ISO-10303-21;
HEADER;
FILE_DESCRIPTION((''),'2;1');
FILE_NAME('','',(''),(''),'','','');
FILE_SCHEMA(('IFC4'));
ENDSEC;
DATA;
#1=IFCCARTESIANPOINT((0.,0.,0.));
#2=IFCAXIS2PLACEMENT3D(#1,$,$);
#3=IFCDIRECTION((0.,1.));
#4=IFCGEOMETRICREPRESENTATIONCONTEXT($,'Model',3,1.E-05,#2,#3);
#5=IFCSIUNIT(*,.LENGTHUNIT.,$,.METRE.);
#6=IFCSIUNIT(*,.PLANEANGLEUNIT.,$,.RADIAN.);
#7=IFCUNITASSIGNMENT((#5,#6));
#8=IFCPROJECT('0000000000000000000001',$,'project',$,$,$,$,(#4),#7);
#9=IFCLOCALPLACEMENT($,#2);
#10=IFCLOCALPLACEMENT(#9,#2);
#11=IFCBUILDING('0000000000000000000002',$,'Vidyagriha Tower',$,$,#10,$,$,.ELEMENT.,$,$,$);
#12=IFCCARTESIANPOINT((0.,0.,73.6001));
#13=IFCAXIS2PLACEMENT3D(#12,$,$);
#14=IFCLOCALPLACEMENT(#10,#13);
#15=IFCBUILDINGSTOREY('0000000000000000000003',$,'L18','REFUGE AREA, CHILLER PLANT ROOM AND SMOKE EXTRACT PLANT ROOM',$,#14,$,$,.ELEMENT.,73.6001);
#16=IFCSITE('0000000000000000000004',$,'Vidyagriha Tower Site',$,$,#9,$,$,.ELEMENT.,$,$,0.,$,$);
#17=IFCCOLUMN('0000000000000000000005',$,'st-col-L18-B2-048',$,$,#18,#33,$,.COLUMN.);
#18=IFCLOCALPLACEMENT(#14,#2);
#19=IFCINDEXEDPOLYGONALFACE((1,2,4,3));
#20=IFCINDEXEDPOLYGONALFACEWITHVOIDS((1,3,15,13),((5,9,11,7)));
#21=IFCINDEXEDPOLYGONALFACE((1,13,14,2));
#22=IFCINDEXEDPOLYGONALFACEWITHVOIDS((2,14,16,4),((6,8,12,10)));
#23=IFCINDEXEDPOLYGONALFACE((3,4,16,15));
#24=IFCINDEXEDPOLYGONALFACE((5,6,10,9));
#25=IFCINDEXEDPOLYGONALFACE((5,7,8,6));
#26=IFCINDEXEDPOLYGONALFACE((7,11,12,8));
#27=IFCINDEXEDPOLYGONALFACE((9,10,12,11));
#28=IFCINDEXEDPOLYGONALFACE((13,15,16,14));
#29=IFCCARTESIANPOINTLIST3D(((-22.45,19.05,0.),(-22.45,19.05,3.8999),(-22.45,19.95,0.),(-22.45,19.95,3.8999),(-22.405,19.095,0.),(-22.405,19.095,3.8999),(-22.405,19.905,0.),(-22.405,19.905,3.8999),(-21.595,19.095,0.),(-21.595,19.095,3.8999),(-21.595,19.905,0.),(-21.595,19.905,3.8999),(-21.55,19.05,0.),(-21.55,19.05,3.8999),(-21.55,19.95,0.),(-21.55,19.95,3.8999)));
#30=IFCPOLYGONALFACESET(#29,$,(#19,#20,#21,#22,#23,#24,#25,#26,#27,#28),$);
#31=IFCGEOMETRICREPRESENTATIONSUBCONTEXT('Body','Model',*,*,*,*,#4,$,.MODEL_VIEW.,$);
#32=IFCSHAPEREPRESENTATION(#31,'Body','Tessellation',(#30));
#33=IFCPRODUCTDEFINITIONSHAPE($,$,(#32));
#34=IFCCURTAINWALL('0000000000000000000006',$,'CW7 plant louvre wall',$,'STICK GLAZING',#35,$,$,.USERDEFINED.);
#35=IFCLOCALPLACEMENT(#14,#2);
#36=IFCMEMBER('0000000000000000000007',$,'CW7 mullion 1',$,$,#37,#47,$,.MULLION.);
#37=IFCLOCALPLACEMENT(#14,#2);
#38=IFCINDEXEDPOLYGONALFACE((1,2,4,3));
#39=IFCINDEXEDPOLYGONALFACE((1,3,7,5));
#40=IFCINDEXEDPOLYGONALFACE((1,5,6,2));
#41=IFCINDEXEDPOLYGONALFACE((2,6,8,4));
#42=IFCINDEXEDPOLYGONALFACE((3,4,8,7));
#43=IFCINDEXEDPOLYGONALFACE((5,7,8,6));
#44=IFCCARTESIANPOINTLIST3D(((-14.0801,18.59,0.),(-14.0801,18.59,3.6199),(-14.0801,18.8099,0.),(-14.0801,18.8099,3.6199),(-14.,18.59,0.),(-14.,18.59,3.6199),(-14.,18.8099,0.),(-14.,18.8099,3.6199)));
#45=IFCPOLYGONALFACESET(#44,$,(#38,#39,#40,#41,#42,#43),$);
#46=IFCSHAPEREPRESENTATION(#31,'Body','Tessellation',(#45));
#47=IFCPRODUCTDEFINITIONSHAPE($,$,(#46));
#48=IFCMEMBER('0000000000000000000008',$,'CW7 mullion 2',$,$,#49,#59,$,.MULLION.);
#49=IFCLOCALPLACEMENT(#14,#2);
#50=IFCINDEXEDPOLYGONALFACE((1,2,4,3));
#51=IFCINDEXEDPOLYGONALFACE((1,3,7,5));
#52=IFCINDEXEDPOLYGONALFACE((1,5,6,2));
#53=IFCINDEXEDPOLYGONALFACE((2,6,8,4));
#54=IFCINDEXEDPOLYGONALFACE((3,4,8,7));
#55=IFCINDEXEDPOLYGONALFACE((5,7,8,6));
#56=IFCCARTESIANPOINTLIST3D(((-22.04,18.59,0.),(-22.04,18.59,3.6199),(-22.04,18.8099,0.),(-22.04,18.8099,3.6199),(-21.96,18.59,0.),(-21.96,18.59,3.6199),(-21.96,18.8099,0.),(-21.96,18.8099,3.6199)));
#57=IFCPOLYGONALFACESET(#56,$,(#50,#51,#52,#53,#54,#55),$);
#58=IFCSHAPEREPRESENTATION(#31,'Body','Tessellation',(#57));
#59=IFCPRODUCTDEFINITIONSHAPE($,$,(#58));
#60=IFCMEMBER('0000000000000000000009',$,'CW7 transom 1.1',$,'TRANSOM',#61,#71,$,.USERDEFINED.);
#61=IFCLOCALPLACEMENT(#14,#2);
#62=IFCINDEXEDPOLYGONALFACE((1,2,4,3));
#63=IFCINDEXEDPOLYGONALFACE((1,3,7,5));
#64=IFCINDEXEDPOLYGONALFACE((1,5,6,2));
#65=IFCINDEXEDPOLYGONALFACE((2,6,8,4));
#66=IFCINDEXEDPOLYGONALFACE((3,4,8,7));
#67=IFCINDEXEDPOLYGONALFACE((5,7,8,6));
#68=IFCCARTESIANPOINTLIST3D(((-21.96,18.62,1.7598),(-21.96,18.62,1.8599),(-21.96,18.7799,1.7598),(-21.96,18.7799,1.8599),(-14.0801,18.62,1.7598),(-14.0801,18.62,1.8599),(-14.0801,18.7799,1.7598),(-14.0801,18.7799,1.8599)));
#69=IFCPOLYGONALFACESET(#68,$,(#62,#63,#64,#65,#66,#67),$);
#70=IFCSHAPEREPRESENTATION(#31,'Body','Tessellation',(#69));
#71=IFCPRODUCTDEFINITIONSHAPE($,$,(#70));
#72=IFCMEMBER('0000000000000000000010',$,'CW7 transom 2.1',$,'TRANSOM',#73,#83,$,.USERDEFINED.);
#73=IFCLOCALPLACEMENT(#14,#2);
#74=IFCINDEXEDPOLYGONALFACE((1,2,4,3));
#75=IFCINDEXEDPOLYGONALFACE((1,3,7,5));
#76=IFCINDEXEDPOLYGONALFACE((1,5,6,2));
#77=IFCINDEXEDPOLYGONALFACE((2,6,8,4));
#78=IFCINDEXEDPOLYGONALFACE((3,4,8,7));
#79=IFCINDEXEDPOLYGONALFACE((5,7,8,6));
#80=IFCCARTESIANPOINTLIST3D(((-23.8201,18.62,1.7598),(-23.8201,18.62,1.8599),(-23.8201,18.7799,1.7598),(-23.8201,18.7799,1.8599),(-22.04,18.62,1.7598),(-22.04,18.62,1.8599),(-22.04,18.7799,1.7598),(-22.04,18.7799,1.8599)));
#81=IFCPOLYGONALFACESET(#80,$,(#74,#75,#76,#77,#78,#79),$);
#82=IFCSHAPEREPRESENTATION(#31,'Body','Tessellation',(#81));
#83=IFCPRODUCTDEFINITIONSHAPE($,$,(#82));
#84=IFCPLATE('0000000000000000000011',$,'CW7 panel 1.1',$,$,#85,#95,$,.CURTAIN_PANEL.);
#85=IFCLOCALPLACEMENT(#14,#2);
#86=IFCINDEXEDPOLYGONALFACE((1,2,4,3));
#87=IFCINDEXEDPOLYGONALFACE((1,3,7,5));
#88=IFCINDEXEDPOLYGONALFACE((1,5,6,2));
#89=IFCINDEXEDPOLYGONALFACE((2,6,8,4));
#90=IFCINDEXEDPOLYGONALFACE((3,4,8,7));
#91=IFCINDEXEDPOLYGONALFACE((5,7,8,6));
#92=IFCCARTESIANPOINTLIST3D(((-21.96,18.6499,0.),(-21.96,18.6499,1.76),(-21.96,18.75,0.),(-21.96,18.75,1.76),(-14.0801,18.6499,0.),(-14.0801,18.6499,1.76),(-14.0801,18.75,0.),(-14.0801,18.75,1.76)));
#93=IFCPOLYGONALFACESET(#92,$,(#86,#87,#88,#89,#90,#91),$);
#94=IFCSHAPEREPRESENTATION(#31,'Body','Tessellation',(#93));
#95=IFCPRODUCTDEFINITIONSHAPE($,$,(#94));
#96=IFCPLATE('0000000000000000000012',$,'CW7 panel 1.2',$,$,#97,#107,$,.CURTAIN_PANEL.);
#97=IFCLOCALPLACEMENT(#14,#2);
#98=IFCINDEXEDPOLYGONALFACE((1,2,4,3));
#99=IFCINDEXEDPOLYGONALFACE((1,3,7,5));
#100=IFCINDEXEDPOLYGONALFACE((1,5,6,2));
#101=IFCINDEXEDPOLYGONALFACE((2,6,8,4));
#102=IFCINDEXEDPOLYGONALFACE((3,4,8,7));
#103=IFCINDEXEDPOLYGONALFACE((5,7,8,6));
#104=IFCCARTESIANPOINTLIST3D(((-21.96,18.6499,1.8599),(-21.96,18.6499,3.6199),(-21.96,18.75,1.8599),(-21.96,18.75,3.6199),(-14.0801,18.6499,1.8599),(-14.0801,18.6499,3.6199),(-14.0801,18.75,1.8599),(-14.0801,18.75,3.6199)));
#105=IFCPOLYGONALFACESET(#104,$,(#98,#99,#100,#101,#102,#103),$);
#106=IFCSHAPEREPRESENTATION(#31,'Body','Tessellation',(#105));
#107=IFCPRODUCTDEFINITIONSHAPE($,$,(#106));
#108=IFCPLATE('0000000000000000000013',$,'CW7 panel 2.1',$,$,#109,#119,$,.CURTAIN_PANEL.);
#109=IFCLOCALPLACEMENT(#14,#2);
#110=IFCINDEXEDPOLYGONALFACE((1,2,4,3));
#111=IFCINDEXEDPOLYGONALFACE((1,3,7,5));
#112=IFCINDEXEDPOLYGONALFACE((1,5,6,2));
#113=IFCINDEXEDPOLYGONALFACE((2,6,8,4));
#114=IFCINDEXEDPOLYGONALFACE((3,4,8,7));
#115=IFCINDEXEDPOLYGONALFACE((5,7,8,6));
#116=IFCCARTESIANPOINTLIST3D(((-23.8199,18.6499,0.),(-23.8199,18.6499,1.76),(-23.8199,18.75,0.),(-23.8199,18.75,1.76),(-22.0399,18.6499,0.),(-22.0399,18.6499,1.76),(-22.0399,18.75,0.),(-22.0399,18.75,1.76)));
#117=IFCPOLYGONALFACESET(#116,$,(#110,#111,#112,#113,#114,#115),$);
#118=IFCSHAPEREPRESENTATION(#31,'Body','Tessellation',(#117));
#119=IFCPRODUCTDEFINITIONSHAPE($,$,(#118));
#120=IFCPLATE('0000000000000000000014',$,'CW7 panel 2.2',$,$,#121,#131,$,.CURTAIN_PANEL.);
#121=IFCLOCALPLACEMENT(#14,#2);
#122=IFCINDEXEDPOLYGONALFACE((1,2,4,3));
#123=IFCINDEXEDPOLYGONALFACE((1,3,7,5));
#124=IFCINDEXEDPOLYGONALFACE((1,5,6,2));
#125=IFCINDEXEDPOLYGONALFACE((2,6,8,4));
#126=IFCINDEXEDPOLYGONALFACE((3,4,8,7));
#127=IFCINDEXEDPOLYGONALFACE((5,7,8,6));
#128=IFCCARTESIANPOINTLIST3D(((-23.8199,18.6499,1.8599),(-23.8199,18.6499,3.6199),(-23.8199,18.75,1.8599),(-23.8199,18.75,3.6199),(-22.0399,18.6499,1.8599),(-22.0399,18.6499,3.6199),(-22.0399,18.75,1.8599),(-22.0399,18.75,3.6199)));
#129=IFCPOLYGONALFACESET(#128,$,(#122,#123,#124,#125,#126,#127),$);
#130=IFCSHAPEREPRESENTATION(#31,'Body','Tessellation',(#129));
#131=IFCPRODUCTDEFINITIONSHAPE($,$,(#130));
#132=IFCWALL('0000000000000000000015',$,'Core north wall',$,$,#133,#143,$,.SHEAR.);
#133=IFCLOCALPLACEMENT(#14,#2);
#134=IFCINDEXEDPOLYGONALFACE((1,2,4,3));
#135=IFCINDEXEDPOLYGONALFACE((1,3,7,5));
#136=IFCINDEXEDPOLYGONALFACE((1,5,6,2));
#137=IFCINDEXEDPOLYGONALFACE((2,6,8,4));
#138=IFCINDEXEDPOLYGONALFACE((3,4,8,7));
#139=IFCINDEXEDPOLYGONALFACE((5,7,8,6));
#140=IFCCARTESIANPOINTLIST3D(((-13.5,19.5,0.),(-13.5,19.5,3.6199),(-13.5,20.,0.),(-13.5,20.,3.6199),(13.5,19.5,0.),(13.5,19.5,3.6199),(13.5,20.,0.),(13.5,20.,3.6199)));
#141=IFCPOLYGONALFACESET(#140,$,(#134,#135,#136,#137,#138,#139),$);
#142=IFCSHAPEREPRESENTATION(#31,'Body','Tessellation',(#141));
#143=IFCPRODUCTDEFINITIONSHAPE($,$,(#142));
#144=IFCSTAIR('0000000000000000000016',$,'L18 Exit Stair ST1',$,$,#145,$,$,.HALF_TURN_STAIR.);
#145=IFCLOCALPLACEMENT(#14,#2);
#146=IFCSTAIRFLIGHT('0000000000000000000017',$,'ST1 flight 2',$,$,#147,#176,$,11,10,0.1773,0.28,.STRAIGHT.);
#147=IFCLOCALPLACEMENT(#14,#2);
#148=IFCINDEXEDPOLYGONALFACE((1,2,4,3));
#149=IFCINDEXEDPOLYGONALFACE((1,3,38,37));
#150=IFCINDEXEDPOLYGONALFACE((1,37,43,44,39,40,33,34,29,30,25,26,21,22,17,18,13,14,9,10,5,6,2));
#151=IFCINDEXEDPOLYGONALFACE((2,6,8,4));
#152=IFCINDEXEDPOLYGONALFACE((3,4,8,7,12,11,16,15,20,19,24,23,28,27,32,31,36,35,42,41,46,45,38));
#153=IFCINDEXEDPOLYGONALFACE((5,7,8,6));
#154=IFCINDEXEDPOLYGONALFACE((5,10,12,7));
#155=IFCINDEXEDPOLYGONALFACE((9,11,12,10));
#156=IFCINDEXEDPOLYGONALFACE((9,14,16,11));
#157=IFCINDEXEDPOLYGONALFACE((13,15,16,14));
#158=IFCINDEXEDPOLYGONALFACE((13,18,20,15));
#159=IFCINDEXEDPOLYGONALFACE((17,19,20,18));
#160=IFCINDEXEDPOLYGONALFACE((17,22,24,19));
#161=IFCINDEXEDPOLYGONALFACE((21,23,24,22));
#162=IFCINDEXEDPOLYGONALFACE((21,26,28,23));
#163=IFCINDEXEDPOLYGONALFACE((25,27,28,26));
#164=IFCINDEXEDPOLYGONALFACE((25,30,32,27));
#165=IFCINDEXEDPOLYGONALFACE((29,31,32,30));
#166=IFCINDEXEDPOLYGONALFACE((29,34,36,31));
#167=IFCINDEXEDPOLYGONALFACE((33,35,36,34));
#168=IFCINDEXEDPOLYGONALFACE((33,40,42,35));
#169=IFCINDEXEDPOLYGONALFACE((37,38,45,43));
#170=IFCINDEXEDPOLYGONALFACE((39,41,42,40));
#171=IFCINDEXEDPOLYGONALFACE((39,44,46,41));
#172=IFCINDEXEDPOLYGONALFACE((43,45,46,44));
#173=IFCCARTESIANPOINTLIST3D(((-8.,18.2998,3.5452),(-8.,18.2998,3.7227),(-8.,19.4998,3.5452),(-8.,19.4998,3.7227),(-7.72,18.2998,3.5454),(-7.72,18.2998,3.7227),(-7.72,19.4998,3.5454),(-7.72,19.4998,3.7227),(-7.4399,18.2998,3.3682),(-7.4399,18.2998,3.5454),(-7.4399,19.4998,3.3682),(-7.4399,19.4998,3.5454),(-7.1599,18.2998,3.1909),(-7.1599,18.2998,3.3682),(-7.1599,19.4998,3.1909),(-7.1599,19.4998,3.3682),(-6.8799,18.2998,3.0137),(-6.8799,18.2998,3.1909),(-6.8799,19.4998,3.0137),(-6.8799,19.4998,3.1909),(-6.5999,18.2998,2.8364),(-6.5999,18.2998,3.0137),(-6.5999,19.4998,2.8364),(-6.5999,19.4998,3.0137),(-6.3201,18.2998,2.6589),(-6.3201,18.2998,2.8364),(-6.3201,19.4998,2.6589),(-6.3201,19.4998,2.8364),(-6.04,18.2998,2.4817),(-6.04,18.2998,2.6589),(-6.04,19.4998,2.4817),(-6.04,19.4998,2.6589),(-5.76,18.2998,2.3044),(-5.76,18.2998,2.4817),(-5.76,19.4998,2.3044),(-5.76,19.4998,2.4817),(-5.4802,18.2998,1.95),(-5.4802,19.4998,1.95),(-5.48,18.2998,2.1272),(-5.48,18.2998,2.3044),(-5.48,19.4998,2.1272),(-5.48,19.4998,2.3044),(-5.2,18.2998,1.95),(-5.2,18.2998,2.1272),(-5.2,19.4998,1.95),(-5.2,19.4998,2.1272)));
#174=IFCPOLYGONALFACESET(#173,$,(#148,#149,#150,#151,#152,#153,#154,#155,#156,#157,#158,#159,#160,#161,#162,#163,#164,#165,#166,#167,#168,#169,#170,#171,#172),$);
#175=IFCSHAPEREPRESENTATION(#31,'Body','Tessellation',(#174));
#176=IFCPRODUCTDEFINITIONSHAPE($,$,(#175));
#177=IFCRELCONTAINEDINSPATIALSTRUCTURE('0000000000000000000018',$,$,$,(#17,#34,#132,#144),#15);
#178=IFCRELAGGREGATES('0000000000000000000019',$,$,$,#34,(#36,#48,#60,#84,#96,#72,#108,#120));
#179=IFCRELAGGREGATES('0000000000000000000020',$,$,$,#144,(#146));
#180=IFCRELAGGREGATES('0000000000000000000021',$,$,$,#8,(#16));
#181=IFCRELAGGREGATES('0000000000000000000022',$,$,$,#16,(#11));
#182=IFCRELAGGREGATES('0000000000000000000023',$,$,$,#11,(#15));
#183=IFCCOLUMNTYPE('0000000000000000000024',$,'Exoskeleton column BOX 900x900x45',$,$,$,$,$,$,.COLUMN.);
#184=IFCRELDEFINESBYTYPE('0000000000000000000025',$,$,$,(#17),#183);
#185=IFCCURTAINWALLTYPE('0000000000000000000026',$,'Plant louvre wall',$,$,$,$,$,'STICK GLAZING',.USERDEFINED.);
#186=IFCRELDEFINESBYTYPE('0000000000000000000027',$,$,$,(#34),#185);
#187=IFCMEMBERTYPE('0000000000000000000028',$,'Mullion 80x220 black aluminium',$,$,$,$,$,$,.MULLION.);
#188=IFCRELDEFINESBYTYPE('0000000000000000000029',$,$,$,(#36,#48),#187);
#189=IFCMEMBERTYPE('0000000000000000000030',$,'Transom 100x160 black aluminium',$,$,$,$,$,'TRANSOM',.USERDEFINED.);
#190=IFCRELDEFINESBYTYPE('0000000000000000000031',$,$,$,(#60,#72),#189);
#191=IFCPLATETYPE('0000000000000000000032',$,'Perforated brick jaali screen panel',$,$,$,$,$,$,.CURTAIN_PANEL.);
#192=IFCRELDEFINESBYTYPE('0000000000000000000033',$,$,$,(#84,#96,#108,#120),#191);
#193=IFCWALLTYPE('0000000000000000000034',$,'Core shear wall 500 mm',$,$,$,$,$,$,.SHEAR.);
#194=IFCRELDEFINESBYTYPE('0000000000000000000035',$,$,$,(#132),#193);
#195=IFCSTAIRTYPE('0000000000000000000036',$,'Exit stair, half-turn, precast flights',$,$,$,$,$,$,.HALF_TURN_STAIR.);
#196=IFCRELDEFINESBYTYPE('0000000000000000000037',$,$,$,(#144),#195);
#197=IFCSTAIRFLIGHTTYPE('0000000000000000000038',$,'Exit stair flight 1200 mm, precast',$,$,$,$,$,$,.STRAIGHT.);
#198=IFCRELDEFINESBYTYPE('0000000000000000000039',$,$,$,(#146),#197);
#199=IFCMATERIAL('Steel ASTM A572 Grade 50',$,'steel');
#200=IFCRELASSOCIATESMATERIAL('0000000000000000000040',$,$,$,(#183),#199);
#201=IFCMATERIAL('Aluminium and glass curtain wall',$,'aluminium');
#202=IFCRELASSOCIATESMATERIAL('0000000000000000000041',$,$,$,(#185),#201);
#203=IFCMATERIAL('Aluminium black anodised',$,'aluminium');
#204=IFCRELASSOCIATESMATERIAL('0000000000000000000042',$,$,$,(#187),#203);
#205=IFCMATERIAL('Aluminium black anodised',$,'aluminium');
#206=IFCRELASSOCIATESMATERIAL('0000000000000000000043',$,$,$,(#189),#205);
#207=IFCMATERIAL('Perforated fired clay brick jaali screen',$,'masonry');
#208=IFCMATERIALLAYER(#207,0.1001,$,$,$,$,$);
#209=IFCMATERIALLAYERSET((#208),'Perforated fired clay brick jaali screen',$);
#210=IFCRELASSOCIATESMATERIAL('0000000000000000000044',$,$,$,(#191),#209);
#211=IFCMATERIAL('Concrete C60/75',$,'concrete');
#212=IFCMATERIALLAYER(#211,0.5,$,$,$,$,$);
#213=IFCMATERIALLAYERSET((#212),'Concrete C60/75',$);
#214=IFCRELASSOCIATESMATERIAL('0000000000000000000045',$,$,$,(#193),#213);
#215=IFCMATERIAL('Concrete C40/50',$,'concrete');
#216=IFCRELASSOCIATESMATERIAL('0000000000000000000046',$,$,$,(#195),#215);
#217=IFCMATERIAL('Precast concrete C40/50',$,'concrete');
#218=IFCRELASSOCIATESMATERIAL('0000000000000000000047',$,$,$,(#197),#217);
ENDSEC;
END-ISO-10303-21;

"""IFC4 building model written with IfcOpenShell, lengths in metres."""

from ifc_helpers import new_model, si_unit, direction, frame, frame_2d, origin, origin_2d, place, context, subcontext, project, spatial, polyline, rectangle, hollow_rectangle, outline, extrude, material, layer, layer_set, material_profile, profile_set, type_object, element, aggregate, save


model = new_model("IFC4")

# Units and contexts
model_context = context("Model", 3, precision=1e-05, world=origin(), true_north=direction((0.0, 1.0)))
body_context = subcontext(model_context, "Body", "Model", "MODEL_VIEW")
ifc_project = project(units=[si_unit("LENGTHUNIT", "METRE"), si_unit("PLANEANGLEUNIT", "RADIAN")], contexts=[model_context])

# Site, building, storey
site_placement = place(None, origin())
site = spatial("IfcSite", under=ifc_project, at=site_placement, Name="Vidyagriha Tower Site", CompositionType="ELEMENT", RefElevation=0.0)
building_placement = place(site_placement, origin())
building = spatial("IfcBuilding", under=site, at=building_placement, Name="Vidyagriha Tower", CompositionType="ELEMENT")
storey_placement = place(building_placement, frame((0.0, 0.0, 73.6001)))
storey = spatial("IfcBuildingStorey", under=building, at=storey_placement, Name="L18", Description="REFUGE AREA, CHILLER PLANT ROOM AND SMOKE EXTRACT PLANT ROOM", CompositionType="ELEMENT", Elevation=73.6001)

# Column
ifc_material_1 = material(Name="Steel ASTM A572 Grade 50", Category="steel")
ifc_material_profile_1 = material_profile(ifc_material_1, hollow_rectangle(XDim=0.8999, YDim=0.8999, WallThickness=0.0449, at=origin_2d()), Name="BOX 900x900x45")
ifc_profile_set_1 = profile_set([ifc_material_profile_1], Name="Steel ASTM A572 Grade 50")
column_type = type_object("IfcColumnType", Name="Exoskeleton column BOX 900x900x45", PredefinedType="COLUMN", material=ifc_profile_set_1)
column_placement = place(storey_placement, frame((-22.0, 19.5, 0.0)))
element("IfcColumn", 1, at=column_placement, inside=storey, type_object=column_type, Name="st-col-L18-B2-048", PredefinedType="COLUMN", context=body_context, shape_type="SweptSolid", body=[
    extrude(hollow_rectangle(XDim=0.8999, YDim=0.8999, WallThickness=0.0449, at=origin_2d()), origin(), (0.0, 0.0, 1.0), 3.8999),
])

# Curtain wall, members, plates
ifc_material_2 = material(Name="Aluminium and glass curtain wall", Category="aluminium")
curtain_wall_type = type_object("IfcCurtainWallType", Name="Plant louvre wall", ElementType="STICK GLAZING", PredefinedType="USERDEFINED", material=ifc_material_2)
curtain_wall_placement = place(storey_placement, origin())
curtain_wall = element("IfcCurtainWall", 2, at=curtain_wall_placement, inside=storey, type_object=curtain_wall_type, Name="CW7 plant louvre wall", ObjectType="STICK GLAZING", PredefinedType="USERDEFINED")
ifc_material_3 = material(Name="Aluminium black anodised", Category="aluminium")
ifc_material_profile_2 = material_profile(ifc_material_3, rectangle(XDim=0.22, YDim=0.0801, at=origin_2d()), Name="Mullion 80x220 black aluminium")
ifc_profile_set_2 = profile_set([ifc_material_profile_2], Name="Aluminium black anodised")
member_type_1 = type_object("IfcMemberType", Name="Mullion 80x220 black aluminium", PredefinedType="MULLION", material=ifc_profile_set_2)
member_1_placement = place(storey_placement, frame((-14.04, 18.7, 0.0), z_axis=(0.0, 0.0, 1.0), x_axis=(0.0, -1.0, 0.0)))
member_1 = element("IfcMember", 3, at=member_1_placement, type_object=member_type_1, Name="CW7 mullion 1", PredefinedType="MULLION", context=body_context, shape_type="SweptSolid", body=[
    extrude(rectangle(XDim=0.22, YDim=0.0801, at=origin_2d()), origin(), (0.0, 0.0, 1.0), 3.6199),
])
member_2_placement = place(storey_placement, frame((-22.0, 18.7, 0.0), z_axis=(0.0, 0.0, 1.0), x_axis=(0.0, -1.0, 0.0)))
member_2 = element("IfcMember", 4, at=member_2_placement, type_object=member_type_1, Name="CW7 mullion 2", PredefinedType="MULLION", context=body_context, shape_type="SweptSolid", body=[
    extrude(rectangle(XDim=0.22, YDim=0.0801, at=origin_2d()), origin(), (0.0, 0.0, 1.0), 3.6199),
])
ifc_material_4 = material(Name="Aluminium black anodised", Category="aluminium")
ifc_material_profile_3 = material_profile(ifc_material_4, rectangle(XDim=0.1599, YDim=0.1001, at=origin_2d()), Name="Transom 100x160 black aluminium")
ifc_profile_set_3 = profile_set([ifc_material_profile_3], Name="Aluminium black anodised")
member_type_2 = type_object("IfcMemberType", Name="Transom 100x160 black aluminium", ElementType="TRANSOM", PredefinedType="USERDEFINED", material=ifc_profile_set_3)
member_3_placement = place(storey_placement, frame((-14.0801, 18.7, 1.8098), z_axis=(-1.0, 0.0, 0.0), x_axis=(0.0, -1.0, 0.0)))
member_3 = element("IfcMember", 5, at=member_3_placement, type_object=member_type_2, Name="CW7 transom 1.1", ObjectType="TRANSOM", PredefinedType="USERDEFINED", context=body_context, shape_type="SweptSolid", body=[
    extrude(rectangle(XDim=0.1599, YDim=0.1001, at=origin_2d()), origin(), (0.0, 0.0, 1.0), 7.8799),
])
member_4_placement = place(storey_placement, frame((-22.04, 18.7, 1.8098), z_axis=(-1.0, 0.0, 0.0), x_axis=(0.0, -1.0, 0.0)))
member_4 = element("IfcMember", 6, at=member_4_placement, type_object=member_type_2, Name="CW7 transom 2.1", ObjectType="TRANSOM", PredefinedType="USERDEFINED", context=body_context, shape_type="SweptSolid", body=[
    extrude(rectangle(XDim=0.1599, YDim=0.1001, at=origin_2d()), origin(), (0.0, 0.0, 1.0), 1.78),
])
ifc_material_5 = material(Name="Perforated fired clay brick jaali screen", Category="masonry")
ifc_layer_1 = layer(ifc_material_5, 0.1001)
ifc_layer_set_1 = layer_set([ifc_layer_1], Name="Perforated fired clay brick jaali screen")
plate_type = type_object("IfcPlateType", Name="Perforated brick jaali screen panel", PredefinedType="CURTAIN_PANEL", material=ifc_layer_set_1)
plate_1_placement = place(storey_placement, frame((-18.02, 18.7, 0.0), z_axis=(0.0, 0.0, 1.0), x_axis=(-1.0, 0.0, 0.0)))
plate_1 = element("IfcPlate", 7, at=plate_1_placement, type_object=plate_type, Name="CW7 panel 1.1", PredefinedType="CURTAIN_PANEL", context=body_context, shape_type="SweptSolid", body=[
    extrude(rectangle(XDim=7.8799, YDim=0.1001, at=origin_2d()), origin(), (0.0, 0.0, 1.0), 1.76),
])
plate_2_placement = place(storey_placement, frame((-18.02, 18.7, 1.8599), z_axis=(0.0, 0.0, 1.0), x_axis=(-1.0, 0.0, 0.0)))
plate_2 = element("IfcPlate", 8, at=plate_2_placement, type_object=plate_type, Name="CW7 panel 1.2", PredefinedType="CURTAIN_PANEL", context=body_context, shape_type="SweptSolid", body=[
    extrude(rectangle(XDim=7.8799, YDim=0.1001, at=origin_2d()), origin(), (0.0, 0.0, 1.0), 1.76),
])
plate_3_placement = place(storey_placement, frame((-22.9299, 18.7, 0.0), z_axis=(0.0, 0.0, 1.0), x_axis=(-1.0, 0.0, 0.0)))
plate_3 = element("IfcPlate", 9, at=plate_3_placement, type_object=plate_type, Name="CW7 panel 2.1", PredefinedType="CURTAIN_PANEL", context=body_context, shape_type="SweptSolid", body=[
    extrude(rectangle(XDim=1.78, YDim=0.1001, at=origin_2d()), origin(), (0.0, 0.0, 1.0), 1.76),
])
plate_4_placement = place(storey_placement, frame((-22.9299, 18.7, 1.8599), z_axis=(0.0, 0.0, 1.0), x_axis=(-1.0, 0.0, 0.0)))
plate_4 = element("IfcPlate", 10, at=plate_4_placement, type_object=plate_type, Name="CW7 panel 2.2", PredefinedType="CURTAIN_PANEL", context=body_context, shape_type="SweptSolid", body=[
    extrude(rectangle(XDim=1.78, YDim=0.1001, at=origin_2d()), origin(), (0.0, 0.0, 1.0), 1.76),
])
aggregate(curtain_wall, [member_1, member_2, member_3, plate_1, plate_2, member_4, plate_3, plate_4])

# Wall
ifc_material_6 = material(Name="Concrete C60/75", Category="concrete")
ifc_layer_2 = layer(ifc_material_6, 0.5)
ifc_layer_set_2 = layer_set([ifc_layer_2], Name="Concrete C60/75")
wall_type = type_object("IfcWallType", Name="Core shear wall 500 mm", PredefinedType="SHEAR", material=ifc_layer_set_2)
wall_placement = place(storey_placement, frame((-13.5, 19.75, 0.0)))
element("IfcWall", 11, at=wall_placement, inside=storey, type_object=wall_type, Name="Core north wall", PredefinedType="SHEAR", context=body_context, shape_type="SweptSolid", body=[
    extrude(rectangle(XDim=27.0, YDim=0.5, at=frame_2d((13.5, 0.0))), origin(), (0.0, 0.0, 1.0), 3.6199),
])

# Stair, stair flight
ifc_material_7 = material(Name="Concrete C40/50", Category="concrete")
stair_type = type_object("IfcStairType", Name="Exit stair, half-turn, precast flights", PredefinedType="HALF_TURN_STAIR", material=ifc_material_7)
stair_placement = place(storey_placement, origin())
stair = element("IfcStair", 12, at=stair_placement, inside=storey, type_object=stair_type, Name="L18 Exit Stair ST1", PredefinedType="HALF_TURN_STAIR")
ifc_material_8 = material(Name="Precast concrete C40/50", Category="concrete")
stair_flight_type = type_object("IfcStairFlightType", Name="Exit stair flight 1200 mm, precast", PredefinedType="STRAIGHT", material=ifc_material_8)
stair_flight_placement = place(storey_placement, frame((-5.2, 18.8999, 1.95), z_axis=(0.0, 0.0, 1.0), x_axis=(-1.0, 0.0, 0.0)))
stair_flight = element("IfcStairFlight", 13, at=stair_flight_placement, type_object=stair_flight_type, Name="ST1 flight 2", NumberOfRisers=11, NumberOfTreads=10, PredefinedType="STRAIGHT", RiserHeight=0.1773, TreadLength=0.28, context=body_context, shape_type="SweptSolid", body=[
    extrude(outline(polyline([(0.0, 0.0), (0.0, 0.1772), (0.28, 0.1772), (0.28, 0.3545), (0.5601, 0.3545), (0.5601, 0.5317), (0.8401, 0.5317), (0.8401, 0.709), (1.1201, 0.709), (1.1201, 0.8865), (1.3999, 0.8865), (1.3999, 1.0637), (1.6799, 1.0637), (1.6799, 1.241), (1.96, 1.241), (1.96, 1.4182), (2.24, 1.4182), (2.24, 1.5955), (2.52, 1.5955), (2.52, 1.7727), (2.8, 1.7727), (2.8, 1.95), (2.8, 1.5952), (0.2803, 0.0), (0.0, 0.0)])), frame((0.0, 0.6001, 0.0), z_axis=(0.0, -1.0, 0.0), x_axis=(1.0, 0.0, 0.0)), (0.0, 0.0, 1.0), 1.2),
])
aggregate(stair, [stair_flight])

save(model, "model.ifc")
